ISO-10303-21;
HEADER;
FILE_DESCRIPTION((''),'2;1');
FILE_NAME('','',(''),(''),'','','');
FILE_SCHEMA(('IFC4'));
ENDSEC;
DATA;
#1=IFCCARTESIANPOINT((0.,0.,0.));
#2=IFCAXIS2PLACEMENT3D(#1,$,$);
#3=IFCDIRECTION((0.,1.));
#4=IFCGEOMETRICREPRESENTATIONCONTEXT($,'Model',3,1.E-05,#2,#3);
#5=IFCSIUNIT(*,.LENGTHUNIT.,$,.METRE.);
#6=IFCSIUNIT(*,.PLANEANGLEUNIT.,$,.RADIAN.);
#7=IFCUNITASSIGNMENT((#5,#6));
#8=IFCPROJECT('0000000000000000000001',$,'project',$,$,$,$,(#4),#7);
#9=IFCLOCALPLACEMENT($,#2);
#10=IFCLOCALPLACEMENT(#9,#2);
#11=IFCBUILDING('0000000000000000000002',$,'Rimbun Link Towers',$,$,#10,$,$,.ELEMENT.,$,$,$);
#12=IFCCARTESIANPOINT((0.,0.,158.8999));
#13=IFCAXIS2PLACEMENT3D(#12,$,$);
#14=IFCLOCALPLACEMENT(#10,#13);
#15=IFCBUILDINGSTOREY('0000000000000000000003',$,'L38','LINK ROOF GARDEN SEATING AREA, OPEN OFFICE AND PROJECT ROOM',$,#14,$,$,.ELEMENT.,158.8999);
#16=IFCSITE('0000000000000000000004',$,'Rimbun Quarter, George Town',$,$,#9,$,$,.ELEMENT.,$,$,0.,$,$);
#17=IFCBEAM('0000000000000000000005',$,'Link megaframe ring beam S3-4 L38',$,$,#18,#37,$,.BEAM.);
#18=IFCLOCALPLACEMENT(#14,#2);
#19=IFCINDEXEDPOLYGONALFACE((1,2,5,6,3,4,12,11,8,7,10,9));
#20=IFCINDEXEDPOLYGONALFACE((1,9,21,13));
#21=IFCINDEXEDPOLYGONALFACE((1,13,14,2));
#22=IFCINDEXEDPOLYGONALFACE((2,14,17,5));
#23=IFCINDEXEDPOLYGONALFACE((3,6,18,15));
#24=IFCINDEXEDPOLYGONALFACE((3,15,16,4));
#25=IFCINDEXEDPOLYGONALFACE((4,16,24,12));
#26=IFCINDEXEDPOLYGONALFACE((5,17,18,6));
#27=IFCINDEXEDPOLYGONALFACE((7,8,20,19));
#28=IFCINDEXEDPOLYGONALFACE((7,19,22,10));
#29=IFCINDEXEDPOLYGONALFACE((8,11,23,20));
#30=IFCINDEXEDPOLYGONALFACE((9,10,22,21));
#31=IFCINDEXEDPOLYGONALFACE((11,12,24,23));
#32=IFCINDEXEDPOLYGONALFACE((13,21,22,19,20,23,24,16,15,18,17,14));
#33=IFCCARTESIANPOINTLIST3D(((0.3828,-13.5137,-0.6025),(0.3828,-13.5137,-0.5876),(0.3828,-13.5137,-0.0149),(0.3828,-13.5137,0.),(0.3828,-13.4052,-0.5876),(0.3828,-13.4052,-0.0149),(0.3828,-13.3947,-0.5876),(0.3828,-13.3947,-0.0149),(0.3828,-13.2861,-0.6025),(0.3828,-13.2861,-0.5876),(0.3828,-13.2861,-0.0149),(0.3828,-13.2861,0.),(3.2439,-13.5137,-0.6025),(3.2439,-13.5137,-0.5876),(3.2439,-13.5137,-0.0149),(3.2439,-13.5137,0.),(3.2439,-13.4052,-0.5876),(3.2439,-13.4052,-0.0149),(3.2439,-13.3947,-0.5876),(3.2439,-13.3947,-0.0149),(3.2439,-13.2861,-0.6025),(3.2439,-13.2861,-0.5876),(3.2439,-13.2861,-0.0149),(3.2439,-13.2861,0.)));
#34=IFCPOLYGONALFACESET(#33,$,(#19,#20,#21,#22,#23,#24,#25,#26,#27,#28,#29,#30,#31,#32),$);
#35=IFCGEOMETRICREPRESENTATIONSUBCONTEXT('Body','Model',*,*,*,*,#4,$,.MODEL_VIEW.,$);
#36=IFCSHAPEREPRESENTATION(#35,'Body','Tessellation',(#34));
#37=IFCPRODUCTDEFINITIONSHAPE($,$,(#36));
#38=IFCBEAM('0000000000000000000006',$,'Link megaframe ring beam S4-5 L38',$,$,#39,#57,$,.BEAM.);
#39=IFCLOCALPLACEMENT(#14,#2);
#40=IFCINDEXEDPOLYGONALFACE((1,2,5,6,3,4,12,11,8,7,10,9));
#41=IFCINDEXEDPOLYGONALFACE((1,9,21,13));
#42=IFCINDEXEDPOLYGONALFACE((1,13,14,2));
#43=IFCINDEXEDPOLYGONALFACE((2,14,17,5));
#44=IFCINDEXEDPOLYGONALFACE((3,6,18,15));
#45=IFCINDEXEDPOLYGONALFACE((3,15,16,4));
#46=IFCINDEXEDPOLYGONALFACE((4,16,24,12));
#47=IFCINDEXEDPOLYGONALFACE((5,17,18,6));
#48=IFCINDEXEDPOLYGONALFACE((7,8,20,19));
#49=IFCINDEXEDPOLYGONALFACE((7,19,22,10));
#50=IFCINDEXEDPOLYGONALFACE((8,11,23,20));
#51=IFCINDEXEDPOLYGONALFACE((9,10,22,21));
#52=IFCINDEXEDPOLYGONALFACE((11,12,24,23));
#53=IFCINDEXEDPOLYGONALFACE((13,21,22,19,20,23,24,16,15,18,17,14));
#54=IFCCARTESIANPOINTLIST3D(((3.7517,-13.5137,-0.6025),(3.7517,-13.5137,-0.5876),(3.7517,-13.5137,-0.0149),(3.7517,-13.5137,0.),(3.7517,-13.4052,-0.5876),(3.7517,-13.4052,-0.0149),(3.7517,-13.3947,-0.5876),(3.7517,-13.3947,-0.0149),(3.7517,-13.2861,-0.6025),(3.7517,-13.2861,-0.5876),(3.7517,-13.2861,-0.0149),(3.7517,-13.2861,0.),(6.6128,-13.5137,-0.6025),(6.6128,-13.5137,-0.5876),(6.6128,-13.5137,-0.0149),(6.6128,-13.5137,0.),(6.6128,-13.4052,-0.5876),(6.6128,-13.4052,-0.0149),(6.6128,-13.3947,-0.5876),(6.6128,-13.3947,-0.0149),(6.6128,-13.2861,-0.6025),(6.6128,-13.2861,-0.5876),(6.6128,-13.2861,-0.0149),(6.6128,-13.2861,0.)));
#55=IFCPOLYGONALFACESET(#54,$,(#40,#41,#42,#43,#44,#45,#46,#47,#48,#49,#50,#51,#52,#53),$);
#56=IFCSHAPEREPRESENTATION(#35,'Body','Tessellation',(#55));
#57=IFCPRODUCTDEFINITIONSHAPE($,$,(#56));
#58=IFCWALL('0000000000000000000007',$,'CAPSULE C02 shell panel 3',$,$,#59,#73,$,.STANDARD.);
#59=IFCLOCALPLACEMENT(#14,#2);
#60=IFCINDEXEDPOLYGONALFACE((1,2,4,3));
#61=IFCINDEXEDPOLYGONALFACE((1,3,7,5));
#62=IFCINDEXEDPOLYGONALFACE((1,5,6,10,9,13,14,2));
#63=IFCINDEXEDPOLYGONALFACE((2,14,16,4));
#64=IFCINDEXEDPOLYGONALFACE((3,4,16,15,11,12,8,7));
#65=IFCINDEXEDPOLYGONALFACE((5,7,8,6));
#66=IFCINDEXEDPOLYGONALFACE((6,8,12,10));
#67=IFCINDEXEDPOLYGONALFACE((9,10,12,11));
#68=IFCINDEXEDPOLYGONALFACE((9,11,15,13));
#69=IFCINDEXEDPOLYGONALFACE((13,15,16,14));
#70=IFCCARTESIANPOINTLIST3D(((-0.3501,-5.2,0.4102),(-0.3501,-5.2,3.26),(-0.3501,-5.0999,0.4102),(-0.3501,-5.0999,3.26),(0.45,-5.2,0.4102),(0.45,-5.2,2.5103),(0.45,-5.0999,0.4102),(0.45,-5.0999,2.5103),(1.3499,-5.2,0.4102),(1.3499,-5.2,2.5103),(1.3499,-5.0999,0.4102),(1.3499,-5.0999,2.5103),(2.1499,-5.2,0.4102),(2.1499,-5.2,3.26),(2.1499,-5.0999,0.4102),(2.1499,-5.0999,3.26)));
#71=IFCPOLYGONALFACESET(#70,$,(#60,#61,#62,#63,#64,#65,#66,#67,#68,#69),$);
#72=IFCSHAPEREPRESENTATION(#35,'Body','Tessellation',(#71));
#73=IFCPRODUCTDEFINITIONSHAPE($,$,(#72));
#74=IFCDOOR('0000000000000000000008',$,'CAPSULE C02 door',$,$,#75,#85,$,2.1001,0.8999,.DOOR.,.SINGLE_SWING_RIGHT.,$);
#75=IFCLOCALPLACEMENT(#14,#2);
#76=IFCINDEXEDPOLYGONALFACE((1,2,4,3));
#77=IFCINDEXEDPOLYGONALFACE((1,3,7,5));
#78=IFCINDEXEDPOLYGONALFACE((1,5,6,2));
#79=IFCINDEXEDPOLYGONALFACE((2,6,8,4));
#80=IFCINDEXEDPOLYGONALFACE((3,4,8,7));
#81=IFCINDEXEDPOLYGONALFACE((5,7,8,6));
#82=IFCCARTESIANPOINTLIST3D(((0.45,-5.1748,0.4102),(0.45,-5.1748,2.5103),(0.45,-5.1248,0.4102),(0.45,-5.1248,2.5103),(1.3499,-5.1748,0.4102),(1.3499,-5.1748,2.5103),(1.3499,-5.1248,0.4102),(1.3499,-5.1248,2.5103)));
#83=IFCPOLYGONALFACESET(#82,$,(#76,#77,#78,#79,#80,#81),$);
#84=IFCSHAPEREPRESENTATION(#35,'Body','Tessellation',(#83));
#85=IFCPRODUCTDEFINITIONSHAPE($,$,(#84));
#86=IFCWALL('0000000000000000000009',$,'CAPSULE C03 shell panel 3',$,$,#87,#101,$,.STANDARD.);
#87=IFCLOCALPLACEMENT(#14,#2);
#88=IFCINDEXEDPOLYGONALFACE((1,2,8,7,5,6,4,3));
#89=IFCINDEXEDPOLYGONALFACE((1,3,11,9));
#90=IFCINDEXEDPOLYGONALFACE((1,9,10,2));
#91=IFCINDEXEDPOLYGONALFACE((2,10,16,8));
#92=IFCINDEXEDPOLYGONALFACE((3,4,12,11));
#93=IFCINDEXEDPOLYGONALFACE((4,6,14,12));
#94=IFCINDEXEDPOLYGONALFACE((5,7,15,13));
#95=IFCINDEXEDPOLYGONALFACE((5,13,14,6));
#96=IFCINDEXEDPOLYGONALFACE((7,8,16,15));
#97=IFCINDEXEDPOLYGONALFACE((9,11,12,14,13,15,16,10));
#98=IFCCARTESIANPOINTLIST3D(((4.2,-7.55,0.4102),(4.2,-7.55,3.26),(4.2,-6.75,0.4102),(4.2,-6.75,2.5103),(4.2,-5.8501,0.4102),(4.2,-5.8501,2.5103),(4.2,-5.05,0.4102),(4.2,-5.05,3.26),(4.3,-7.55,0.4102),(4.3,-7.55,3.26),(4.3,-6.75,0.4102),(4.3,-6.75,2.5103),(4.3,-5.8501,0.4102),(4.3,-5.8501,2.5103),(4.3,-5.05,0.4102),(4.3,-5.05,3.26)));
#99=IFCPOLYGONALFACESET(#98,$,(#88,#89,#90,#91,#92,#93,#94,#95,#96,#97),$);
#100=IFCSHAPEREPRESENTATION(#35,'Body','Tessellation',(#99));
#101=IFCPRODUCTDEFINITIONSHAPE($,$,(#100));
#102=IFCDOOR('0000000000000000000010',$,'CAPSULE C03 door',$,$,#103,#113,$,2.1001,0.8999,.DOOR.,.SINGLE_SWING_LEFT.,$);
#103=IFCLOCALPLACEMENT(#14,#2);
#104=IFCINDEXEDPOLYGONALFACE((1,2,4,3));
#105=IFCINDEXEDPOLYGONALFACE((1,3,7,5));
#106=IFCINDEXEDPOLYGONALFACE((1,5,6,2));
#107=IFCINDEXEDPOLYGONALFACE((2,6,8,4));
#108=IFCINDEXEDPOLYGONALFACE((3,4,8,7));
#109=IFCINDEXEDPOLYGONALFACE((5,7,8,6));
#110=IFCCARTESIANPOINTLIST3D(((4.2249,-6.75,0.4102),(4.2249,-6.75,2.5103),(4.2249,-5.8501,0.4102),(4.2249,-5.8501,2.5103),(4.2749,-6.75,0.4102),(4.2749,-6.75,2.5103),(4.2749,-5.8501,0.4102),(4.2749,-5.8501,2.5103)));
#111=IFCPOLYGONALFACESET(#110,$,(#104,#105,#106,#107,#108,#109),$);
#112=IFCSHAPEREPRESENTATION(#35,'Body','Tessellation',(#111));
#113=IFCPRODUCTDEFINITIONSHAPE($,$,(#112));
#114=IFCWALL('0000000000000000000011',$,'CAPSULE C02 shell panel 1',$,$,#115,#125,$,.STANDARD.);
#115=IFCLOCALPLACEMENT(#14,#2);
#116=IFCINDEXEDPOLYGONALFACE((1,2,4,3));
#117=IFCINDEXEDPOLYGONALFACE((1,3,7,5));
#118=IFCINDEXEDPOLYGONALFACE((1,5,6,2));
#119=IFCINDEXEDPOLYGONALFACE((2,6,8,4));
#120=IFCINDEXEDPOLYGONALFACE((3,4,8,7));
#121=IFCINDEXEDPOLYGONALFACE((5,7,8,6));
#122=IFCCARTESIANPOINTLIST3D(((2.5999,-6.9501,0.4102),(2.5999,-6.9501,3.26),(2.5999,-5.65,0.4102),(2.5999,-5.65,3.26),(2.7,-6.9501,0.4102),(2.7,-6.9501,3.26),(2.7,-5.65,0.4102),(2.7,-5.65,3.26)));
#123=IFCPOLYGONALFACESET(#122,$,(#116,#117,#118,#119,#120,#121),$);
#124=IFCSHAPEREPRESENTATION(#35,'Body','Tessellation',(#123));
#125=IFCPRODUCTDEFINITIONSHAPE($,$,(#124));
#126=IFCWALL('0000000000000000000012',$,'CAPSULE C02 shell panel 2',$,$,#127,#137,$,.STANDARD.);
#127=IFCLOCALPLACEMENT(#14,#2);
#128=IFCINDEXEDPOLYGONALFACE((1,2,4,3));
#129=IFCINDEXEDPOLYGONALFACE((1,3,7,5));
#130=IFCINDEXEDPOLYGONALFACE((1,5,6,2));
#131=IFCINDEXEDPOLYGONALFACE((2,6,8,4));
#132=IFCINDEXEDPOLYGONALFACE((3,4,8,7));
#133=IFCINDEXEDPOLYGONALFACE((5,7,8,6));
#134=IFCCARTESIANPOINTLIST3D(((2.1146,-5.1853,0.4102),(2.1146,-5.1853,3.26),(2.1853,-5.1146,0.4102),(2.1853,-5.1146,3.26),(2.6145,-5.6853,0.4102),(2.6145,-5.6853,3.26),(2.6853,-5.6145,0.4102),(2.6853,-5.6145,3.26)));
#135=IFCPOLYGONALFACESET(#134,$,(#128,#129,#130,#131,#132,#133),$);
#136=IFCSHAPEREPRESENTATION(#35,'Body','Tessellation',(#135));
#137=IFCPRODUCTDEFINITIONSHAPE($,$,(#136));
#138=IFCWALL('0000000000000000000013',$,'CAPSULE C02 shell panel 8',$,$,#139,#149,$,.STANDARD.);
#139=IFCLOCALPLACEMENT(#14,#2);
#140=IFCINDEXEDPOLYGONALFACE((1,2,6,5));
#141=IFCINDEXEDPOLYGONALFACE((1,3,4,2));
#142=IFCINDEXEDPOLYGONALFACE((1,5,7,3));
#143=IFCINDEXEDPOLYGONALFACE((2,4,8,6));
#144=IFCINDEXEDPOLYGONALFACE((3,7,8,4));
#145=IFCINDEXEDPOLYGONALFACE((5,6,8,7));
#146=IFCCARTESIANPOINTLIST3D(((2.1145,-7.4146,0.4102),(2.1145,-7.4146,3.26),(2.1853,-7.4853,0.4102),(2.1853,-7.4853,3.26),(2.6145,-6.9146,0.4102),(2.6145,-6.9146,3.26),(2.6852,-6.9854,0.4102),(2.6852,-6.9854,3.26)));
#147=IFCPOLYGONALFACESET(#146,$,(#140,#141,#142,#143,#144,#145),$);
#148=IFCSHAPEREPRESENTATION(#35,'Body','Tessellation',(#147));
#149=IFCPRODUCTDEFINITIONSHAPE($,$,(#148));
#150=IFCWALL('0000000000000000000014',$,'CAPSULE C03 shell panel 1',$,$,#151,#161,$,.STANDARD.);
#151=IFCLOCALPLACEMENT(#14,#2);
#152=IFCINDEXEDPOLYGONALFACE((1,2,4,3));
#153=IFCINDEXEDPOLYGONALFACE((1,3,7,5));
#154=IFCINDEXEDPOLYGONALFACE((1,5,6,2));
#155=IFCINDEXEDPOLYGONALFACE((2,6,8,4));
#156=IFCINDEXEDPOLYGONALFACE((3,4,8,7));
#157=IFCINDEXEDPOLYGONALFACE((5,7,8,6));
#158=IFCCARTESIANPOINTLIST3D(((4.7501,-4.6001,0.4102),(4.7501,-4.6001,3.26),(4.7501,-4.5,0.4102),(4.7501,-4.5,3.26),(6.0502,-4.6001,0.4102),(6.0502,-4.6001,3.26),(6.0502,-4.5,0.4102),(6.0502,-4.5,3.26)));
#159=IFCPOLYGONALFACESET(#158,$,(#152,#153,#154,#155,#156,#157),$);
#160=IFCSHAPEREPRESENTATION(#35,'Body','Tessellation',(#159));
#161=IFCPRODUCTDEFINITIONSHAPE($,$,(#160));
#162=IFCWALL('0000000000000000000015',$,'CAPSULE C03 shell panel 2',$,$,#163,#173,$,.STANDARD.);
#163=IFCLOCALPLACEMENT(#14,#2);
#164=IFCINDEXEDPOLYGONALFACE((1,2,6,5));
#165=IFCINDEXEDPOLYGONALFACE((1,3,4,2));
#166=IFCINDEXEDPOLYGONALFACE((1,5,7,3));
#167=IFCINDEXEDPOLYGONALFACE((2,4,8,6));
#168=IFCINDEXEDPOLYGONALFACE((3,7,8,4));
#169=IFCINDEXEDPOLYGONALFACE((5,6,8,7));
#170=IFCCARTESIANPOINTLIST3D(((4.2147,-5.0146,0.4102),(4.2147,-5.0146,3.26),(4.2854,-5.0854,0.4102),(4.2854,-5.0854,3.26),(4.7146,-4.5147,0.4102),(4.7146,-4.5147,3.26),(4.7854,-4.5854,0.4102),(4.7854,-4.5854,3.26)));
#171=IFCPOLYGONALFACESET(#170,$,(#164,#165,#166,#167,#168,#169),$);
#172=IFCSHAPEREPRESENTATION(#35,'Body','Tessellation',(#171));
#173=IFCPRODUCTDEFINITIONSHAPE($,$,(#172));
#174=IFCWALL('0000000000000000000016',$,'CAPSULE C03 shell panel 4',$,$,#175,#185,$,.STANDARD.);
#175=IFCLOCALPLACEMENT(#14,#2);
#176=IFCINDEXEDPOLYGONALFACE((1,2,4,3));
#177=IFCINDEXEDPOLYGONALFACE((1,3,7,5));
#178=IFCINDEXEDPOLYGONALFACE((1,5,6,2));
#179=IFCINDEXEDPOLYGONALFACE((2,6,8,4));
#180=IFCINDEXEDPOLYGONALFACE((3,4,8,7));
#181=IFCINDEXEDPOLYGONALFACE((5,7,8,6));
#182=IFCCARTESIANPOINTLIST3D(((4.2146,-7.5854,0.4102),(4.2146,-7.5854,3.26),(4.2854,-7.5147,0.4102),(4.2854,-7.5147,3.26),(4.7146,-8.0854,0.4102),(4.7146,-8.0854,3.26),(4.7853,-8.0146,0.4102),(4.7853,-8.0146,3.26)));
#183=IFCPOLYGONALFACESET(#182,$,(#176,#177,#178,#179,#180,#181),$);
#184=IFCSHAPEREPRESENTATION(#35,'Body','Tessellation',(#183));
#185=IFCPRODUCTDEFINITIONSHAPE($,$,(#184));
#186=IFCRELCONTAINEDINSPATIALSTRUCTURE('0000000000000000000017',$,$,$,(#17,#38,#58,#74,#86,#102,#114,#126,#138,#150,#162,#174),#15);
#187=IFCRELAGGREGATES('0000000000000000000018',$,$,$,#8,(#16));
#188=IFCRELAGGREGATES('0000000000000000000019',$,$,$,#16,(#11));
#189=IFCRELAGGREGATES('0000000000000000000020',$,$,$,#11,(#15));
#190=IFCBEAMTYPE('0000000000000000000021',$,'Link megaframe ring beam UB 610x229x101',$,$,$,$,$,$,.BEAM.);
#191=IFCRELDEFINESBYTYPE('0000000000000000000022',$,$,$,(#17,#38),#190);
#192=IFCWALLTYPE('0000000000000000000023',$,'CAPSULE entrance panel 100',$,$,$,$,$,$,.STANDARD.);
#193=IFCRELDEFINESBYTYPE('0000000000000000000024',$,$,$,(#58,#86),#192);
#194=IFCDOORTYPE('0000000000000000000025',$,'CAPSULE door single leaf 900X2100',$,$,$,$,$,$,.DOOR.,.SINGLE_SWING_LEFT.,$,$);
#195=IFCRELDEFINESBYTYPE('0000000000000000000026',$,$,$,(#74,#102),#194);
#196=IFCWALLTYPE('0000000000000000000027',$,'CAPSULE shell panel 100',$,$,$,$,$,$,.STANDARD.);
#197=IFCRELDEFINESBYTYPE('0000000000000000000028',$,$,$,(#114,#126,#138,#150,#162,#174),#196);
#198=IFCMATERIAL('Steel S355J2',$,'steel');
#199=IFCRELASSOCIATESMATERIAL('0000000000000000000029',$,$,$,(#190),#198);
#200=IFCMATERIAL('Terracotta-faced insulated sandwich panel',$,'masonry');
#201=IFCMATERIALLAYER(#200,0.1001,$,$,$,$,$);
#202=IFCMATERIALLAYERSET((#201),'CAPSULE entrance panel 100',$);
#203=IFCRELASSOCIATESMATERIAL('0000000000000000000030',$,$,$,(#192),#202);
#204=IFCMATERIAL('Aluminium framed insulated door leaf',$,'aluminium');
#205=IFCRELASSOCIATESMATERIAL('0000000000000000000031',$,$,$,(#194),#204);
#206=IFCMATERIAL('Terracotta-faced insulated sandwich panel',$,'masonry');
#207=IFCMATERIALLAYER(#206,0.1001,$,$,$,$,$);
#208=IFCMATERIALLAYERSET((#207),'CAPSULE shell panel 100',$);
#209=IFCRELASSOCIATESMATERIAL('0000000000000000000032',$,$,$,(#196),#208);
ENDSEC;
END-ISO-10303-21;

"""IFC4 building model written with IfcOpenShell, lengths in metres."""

from ifc_helpers import new_model, si_unit, direction, frame, frame_2d, origin, origin_2d, place, context, subcontext, project, spatial, rectangle, i_section, extrude, material, layer, layer_set, material_profile, profile_set, type_object, element, fill, save


model = new_model("IFC4")

# Units and contexts
model_context = context("Model", 3, precision=1e-05, world=origin(), true_north=direction((0.0, 1.0)))
body_context = subcontext(model_context, "Body", "Model", "MODEL_VIEW")
ifc_project = project(units=[si_unit("LENGTHUNIT", "METRE"), si_unit("PLANEANGLEUNIT", "RADIAN")], contexts=[model_context])

# Site, building, storey
site_placement = place(None, origin())
site = spatial("IfcSite", under=ifc_project, at=site_placement, Name="Rimbun Quarter, George Town", CompositionType="ELEMENT", RefElevation=0.0)
building_placement = place(site_placement, origin())
building = spatial("IfcBuilding", under=site, at=building_placement, Name="Rimbun Link Towers", CompositionType="ELEMENT")
storey_placement = place(building_placement, frame((0.0, 0.0, 158.8999)))
storey = spatial("IfcBuildingStorey", under=building, at=storey_placement, Name="L38", Description="LINK ROOF GARDEN SEATING AREA, OPEN OFFICE AND PROJECT ROOM", CompositionType="ELEMENT", Elevation=158.8999)

# Beams
ifc_material_1 = material(Name="Steel S355J2", Category="steel")
ifc_material_profile = material_profile(ifc_material_1, i_section(OverallWidth=0.2275, OverallDepth=0.6025, WebThickness=0.0105, FlangeThickness=0.0149, at=origin_2d()), Name="UB 610x229x101")
ifc_profile_set = profile_set([ifc_material_profile], Name="Steel S355J2")
beam_type = type_object("IfcBeamType", Name="Link megaframe ring beam UB 610x229x101", PredefinedType="BEAM", material=ifc_profile_set)
for number, where, z_axis, x_axis, name in (
    (1, (0.3828, -13.3999, -0.3013), (1.0, 0.0, 0.0), (0.0, 1.0, 0.0), "Link megaframe ring beam S3-4 L38"),
    (2, (3.7517, -13.3999, -0.3013), (1.0, 0.0, 0.0), (0.0, 1.0, 0.0), "Link megaframe ring beam S4-5 L38"),
):
    element("IfcBeam", number, at=place(storey_placement, frame(where, z_axis=z_axis, x_axis=x_axis)), inside=storey, type_object=beam_type, Name=name, PredefinedType="BEAM", context=body_context, shape_type="SweptSolid", body=[
        extrude(i_section(OverallWidth=0.2275, OverallDepth=0.6025, WebThickness=0.0105, FlangeThickness=0.0149, at=origin_2d()), origin(), (0.0, 0.0, 1.0), 2.8611),
    ])

# Walls, openings, doors
ifc_material_2 = material(Name="Terracotta-faced insulated sandwich panel", Category="masonry")
ifc_layer_1 = layer(ifc_material_2, 0.1001)
ifc_layer_set_1 = layer_set([ifc_layer_1], Name="CAPSULE entrance panel 100")
wall_type_1 = type_object("IfcWallType", Name="CAPSULE entrance panel 100", PredefinedType="STANDARD", material=ifc_layer_set_1)
wall_1_placement = place(storey_placement, frame((2.1499, -5.1499, 0.4102), z_axis=(0.0, 0.0, 1.0), x_axis=(-1.0, 0.0, 0.0)))
wall_1 = element("IfcWall", 3, at=wall_1_placement, inside=storey, type_object=wall_type_1, Name="CAPSULE C02 shell panel 3", PredefinedType="STANDARD", context=body_context, shape_type="SweptSolid", body=[
    extrude(rectangle(XDim=2.5, YDim=0.1001, at=frame_2d((1.25, 0.0))), origin(), (0.0, 0.0, 1.0), 2.8499),
])
opening_1_placement = place(wall_1_placement, frame((0.8, 0.0, 0.0)))
opening_1 = element("IfcOpeningElement", 4, at=opening_1_placement, cuts=wall_1, PredefinedType="OPENING", context=body_context, shape_type="SweptSolid", body=[
    extrude(rectangle(XDim=0.8999, YDim=2.1001, at=frame_2d((0.45, 1.05))), frame((0.0, 0.0601, 0.0), z_axis=(0.0, -1.0, 0.0), x_axis=(1.0, 0.0, 0.0)), (0.0, 0.0, 1.0), 0.1201),
])
ifc_material_3 = material(Name="Aluminium framed insulated door leaf", Category="aluminium")
door_type = type_object("IfcDoorType", Name="CAPSULE door single leaf 900X2100", OperationType="SINGLE_SWING_LEFT", PredefinedType="DOOR", material=ifc_material_3)
door_1_placement = place(opening_1_placement, origin())
door_1 = element("IfcDoor", 5, at=door_1_placement, inside=storey, type_object=door_type, Name="CAPSULE C02 door", OperationType="SINGLE_SWING_RIGHT", OverallHeight=2.1001, OverallWidth=0.8999, PredefinedType="DOOR", context=body_context, shape_type="SweptSolid", body=[
    extrude(rectangle(XDim=0.8999, YDim=2.1001, at=frame_2d((0.45, 1.05))), frame((0.0, 0.0249, 0.0), z_axis=(0.0, -1.0, 0.0), x_axis=(1.0, 0.0, 0.0)), (0.0, 0.0, 1.0), 0.05),
])
fill(opening_1, door_1)
wall_2_placement = place(storey_placement, frame((4.25, -5.05, 0.4102), z_axis=(0.0, 0.0, 1.0), x_axis=(0.0, -1.0, 0.0)))
wall_2 = element("IfcWall", 6, at=wall_2_placement, inside=storey, type_object=wall_type_1, Name="CAPSULE C03 shell panel 3", PredefinedType="STANDARD", context=body_context, shape_type="SweptSolid", body=[
    extrude(rectangle(XDim=2.5, YDim=0.1001, at=frame_2d((1.25, 0.0))), origin(), (0.0, 0.0, 1.0), 2.8499),
])
opening_2_placement = place(wall_2_placement, frame((0.8, 0.0, 0.0)))
opening_2 = element("IfcOpeningElement", 7, at=opening_2_placement, cuts=wall_2, PredefinedType="OPENING", context=body_context, shape_type="SweptSolid", body=[
    extrude(rectangle(XDim=0.8999, YDim=2.1001, at=frame_2d((0.45, 1.05))), frame((0.0, 0.0601, 0.0), z_axis=(0.0, -1.0, 0.0), x_axis=(1.0, 0.0, 0.0)), (0.0, 0.0, 1.0), 0.1201),
])
door_2_placement = place(opening_2_placement, origin())
door_2 = element("IfcDoor", 8, at=door_2_placement, inside=storey, type_object=door_type, Name="CAPSULE C03 door", OperationType="SINGLE_SWING_LEFT", OverallHeight=2.1001, OverallWidth=0.8999, PredefinedType="DOOR", context=body_context, shape_type="SweptSolid", body=[
    extrude(rectangle(XDim=0.8999, YDim=2.1001, at=frame_2d((0.45, 1.05))), frame((0.0, 0.0249, 0.0), z_axis=(0.0, -1.0, 0.0), x_axis=(1.0, 0.0, 0.0)), (0.0, 0.0, 1.0), 0.05),
])
fill(opening_2, door_2)

# Walls
ifc_material_4 = material(Name="Terracotta-faced insulated sandwich panel", Category="masonry")
ifc_layer_2 = layer(ifc_material_4, 0.1001)
ifc_layer_set_2 = layer_set([ifc_layer_2], Name="CAPSULE shell panel 100")
wall_type_2 = type_object("IfcWallType", Name="CAPSULE shell panel 100", PredefinedType="STANDARD", material=ifc_layer_set_2)
wall_3_placement = place(storey_placement, frame((2.6499, -6.95, 0.4102), z_axis=(0.0, 0.0, 1.0), x_axis=(0.0, 1.0, 0.0)))
element("IfcWall", 9, at=wall_3_placement, inside=storey, type_object=wall_type_2, Name="CAPSULE C02 shell panel 1", PredefinedType="STANDARD", context=body_context, shape_type="SweptSolid", body=[
    extrude(rectangle(XDim=1.3, YDim=0.1001, at=frame_2d((0.6499, 0.0))), origin(), (0.0, 0.0, 1.0), 2.8499),
])
for number, where, z_axis, x_axis, name in (
    (10, (2.6499, -5.6499, 0.4102), (0.0, 0.0, 1.0), (-0.707107, 0.707107, 0.0), "CAPSULE C02 shell panel 2"),
    (11, (2.1499, -7.45, 0.4102), (0.0, 0.0, 1.0), (0.707107, 0.707107, 0.0), "CAPSULE C02 shell panel 8"),
):
    element("IfcWall", number, at=place(storey_placement, frame(where, z_axis=z_axis, x_axis=x_axis)), inside=storey, type_object=wall_type_2, Name=name, PredefinedType="STANDARD", context=body_context, shape_type="SweptSolid", body=[
        extrude(rectangle(XDim=0.707, YDim=0.1001, at=frame_2d((0.3535, 0.0))), origin(), (0.0, 0.0, 1.0), 2.8499),
    ])
wall_4_placement = place(storey_placement, frame((6.05, -4.55, 0.4102), z_axis=(0.0, 0.0, 1.0), x_axis=(-1.0, 0.0, 0.0)))
element("IfcWall", 12, at=wall_4_placement, inside=storey, type_object=wall_type_2, Name="CAPSULE C03 shell panel 1", PredefinedType="STANDARD", context=body_context, shape_type="SweptSolid", body=[
    extrude(rectangle(XDim=1.3, YDim=0.1001, at=frame_2d((0.6499, 0.0))), origin(), (0.0, 0.0, 1.0), 2.8499),
])
for number, where, z_axis, x_axis, name in (
    (13, (4.75, -4.55, 0.4102), (0.0, 0.0, 1.0), (-0.707107, -0.707107, 0.0), "CAPSULE C03 shell panel 2"),
    (14, (4.25, -7.55, 0.4102), (0.0, 0.0, 1.0), (0.707107, -0.707107, 0.0), "CAPSULE C03 shell panel 4"),
):
    element("IfcWall", number, at=place(storey_placement, frame(where, z_axis=z_axis, x_axis=x_axis)), inside=storey, type_object=wall_type_2, Name=name, PredefinedType="STANDARD", context=body_context, shape_type="SweptSolid", body=[
        extrude(rectangle(XDim=0.707, YDim=0.1001, at=frame_2d((0.3535, 0.0))), origin(), (0.0, 0.0, 1.0), 2.8499),
    ])

save(model, "model.ifc")
